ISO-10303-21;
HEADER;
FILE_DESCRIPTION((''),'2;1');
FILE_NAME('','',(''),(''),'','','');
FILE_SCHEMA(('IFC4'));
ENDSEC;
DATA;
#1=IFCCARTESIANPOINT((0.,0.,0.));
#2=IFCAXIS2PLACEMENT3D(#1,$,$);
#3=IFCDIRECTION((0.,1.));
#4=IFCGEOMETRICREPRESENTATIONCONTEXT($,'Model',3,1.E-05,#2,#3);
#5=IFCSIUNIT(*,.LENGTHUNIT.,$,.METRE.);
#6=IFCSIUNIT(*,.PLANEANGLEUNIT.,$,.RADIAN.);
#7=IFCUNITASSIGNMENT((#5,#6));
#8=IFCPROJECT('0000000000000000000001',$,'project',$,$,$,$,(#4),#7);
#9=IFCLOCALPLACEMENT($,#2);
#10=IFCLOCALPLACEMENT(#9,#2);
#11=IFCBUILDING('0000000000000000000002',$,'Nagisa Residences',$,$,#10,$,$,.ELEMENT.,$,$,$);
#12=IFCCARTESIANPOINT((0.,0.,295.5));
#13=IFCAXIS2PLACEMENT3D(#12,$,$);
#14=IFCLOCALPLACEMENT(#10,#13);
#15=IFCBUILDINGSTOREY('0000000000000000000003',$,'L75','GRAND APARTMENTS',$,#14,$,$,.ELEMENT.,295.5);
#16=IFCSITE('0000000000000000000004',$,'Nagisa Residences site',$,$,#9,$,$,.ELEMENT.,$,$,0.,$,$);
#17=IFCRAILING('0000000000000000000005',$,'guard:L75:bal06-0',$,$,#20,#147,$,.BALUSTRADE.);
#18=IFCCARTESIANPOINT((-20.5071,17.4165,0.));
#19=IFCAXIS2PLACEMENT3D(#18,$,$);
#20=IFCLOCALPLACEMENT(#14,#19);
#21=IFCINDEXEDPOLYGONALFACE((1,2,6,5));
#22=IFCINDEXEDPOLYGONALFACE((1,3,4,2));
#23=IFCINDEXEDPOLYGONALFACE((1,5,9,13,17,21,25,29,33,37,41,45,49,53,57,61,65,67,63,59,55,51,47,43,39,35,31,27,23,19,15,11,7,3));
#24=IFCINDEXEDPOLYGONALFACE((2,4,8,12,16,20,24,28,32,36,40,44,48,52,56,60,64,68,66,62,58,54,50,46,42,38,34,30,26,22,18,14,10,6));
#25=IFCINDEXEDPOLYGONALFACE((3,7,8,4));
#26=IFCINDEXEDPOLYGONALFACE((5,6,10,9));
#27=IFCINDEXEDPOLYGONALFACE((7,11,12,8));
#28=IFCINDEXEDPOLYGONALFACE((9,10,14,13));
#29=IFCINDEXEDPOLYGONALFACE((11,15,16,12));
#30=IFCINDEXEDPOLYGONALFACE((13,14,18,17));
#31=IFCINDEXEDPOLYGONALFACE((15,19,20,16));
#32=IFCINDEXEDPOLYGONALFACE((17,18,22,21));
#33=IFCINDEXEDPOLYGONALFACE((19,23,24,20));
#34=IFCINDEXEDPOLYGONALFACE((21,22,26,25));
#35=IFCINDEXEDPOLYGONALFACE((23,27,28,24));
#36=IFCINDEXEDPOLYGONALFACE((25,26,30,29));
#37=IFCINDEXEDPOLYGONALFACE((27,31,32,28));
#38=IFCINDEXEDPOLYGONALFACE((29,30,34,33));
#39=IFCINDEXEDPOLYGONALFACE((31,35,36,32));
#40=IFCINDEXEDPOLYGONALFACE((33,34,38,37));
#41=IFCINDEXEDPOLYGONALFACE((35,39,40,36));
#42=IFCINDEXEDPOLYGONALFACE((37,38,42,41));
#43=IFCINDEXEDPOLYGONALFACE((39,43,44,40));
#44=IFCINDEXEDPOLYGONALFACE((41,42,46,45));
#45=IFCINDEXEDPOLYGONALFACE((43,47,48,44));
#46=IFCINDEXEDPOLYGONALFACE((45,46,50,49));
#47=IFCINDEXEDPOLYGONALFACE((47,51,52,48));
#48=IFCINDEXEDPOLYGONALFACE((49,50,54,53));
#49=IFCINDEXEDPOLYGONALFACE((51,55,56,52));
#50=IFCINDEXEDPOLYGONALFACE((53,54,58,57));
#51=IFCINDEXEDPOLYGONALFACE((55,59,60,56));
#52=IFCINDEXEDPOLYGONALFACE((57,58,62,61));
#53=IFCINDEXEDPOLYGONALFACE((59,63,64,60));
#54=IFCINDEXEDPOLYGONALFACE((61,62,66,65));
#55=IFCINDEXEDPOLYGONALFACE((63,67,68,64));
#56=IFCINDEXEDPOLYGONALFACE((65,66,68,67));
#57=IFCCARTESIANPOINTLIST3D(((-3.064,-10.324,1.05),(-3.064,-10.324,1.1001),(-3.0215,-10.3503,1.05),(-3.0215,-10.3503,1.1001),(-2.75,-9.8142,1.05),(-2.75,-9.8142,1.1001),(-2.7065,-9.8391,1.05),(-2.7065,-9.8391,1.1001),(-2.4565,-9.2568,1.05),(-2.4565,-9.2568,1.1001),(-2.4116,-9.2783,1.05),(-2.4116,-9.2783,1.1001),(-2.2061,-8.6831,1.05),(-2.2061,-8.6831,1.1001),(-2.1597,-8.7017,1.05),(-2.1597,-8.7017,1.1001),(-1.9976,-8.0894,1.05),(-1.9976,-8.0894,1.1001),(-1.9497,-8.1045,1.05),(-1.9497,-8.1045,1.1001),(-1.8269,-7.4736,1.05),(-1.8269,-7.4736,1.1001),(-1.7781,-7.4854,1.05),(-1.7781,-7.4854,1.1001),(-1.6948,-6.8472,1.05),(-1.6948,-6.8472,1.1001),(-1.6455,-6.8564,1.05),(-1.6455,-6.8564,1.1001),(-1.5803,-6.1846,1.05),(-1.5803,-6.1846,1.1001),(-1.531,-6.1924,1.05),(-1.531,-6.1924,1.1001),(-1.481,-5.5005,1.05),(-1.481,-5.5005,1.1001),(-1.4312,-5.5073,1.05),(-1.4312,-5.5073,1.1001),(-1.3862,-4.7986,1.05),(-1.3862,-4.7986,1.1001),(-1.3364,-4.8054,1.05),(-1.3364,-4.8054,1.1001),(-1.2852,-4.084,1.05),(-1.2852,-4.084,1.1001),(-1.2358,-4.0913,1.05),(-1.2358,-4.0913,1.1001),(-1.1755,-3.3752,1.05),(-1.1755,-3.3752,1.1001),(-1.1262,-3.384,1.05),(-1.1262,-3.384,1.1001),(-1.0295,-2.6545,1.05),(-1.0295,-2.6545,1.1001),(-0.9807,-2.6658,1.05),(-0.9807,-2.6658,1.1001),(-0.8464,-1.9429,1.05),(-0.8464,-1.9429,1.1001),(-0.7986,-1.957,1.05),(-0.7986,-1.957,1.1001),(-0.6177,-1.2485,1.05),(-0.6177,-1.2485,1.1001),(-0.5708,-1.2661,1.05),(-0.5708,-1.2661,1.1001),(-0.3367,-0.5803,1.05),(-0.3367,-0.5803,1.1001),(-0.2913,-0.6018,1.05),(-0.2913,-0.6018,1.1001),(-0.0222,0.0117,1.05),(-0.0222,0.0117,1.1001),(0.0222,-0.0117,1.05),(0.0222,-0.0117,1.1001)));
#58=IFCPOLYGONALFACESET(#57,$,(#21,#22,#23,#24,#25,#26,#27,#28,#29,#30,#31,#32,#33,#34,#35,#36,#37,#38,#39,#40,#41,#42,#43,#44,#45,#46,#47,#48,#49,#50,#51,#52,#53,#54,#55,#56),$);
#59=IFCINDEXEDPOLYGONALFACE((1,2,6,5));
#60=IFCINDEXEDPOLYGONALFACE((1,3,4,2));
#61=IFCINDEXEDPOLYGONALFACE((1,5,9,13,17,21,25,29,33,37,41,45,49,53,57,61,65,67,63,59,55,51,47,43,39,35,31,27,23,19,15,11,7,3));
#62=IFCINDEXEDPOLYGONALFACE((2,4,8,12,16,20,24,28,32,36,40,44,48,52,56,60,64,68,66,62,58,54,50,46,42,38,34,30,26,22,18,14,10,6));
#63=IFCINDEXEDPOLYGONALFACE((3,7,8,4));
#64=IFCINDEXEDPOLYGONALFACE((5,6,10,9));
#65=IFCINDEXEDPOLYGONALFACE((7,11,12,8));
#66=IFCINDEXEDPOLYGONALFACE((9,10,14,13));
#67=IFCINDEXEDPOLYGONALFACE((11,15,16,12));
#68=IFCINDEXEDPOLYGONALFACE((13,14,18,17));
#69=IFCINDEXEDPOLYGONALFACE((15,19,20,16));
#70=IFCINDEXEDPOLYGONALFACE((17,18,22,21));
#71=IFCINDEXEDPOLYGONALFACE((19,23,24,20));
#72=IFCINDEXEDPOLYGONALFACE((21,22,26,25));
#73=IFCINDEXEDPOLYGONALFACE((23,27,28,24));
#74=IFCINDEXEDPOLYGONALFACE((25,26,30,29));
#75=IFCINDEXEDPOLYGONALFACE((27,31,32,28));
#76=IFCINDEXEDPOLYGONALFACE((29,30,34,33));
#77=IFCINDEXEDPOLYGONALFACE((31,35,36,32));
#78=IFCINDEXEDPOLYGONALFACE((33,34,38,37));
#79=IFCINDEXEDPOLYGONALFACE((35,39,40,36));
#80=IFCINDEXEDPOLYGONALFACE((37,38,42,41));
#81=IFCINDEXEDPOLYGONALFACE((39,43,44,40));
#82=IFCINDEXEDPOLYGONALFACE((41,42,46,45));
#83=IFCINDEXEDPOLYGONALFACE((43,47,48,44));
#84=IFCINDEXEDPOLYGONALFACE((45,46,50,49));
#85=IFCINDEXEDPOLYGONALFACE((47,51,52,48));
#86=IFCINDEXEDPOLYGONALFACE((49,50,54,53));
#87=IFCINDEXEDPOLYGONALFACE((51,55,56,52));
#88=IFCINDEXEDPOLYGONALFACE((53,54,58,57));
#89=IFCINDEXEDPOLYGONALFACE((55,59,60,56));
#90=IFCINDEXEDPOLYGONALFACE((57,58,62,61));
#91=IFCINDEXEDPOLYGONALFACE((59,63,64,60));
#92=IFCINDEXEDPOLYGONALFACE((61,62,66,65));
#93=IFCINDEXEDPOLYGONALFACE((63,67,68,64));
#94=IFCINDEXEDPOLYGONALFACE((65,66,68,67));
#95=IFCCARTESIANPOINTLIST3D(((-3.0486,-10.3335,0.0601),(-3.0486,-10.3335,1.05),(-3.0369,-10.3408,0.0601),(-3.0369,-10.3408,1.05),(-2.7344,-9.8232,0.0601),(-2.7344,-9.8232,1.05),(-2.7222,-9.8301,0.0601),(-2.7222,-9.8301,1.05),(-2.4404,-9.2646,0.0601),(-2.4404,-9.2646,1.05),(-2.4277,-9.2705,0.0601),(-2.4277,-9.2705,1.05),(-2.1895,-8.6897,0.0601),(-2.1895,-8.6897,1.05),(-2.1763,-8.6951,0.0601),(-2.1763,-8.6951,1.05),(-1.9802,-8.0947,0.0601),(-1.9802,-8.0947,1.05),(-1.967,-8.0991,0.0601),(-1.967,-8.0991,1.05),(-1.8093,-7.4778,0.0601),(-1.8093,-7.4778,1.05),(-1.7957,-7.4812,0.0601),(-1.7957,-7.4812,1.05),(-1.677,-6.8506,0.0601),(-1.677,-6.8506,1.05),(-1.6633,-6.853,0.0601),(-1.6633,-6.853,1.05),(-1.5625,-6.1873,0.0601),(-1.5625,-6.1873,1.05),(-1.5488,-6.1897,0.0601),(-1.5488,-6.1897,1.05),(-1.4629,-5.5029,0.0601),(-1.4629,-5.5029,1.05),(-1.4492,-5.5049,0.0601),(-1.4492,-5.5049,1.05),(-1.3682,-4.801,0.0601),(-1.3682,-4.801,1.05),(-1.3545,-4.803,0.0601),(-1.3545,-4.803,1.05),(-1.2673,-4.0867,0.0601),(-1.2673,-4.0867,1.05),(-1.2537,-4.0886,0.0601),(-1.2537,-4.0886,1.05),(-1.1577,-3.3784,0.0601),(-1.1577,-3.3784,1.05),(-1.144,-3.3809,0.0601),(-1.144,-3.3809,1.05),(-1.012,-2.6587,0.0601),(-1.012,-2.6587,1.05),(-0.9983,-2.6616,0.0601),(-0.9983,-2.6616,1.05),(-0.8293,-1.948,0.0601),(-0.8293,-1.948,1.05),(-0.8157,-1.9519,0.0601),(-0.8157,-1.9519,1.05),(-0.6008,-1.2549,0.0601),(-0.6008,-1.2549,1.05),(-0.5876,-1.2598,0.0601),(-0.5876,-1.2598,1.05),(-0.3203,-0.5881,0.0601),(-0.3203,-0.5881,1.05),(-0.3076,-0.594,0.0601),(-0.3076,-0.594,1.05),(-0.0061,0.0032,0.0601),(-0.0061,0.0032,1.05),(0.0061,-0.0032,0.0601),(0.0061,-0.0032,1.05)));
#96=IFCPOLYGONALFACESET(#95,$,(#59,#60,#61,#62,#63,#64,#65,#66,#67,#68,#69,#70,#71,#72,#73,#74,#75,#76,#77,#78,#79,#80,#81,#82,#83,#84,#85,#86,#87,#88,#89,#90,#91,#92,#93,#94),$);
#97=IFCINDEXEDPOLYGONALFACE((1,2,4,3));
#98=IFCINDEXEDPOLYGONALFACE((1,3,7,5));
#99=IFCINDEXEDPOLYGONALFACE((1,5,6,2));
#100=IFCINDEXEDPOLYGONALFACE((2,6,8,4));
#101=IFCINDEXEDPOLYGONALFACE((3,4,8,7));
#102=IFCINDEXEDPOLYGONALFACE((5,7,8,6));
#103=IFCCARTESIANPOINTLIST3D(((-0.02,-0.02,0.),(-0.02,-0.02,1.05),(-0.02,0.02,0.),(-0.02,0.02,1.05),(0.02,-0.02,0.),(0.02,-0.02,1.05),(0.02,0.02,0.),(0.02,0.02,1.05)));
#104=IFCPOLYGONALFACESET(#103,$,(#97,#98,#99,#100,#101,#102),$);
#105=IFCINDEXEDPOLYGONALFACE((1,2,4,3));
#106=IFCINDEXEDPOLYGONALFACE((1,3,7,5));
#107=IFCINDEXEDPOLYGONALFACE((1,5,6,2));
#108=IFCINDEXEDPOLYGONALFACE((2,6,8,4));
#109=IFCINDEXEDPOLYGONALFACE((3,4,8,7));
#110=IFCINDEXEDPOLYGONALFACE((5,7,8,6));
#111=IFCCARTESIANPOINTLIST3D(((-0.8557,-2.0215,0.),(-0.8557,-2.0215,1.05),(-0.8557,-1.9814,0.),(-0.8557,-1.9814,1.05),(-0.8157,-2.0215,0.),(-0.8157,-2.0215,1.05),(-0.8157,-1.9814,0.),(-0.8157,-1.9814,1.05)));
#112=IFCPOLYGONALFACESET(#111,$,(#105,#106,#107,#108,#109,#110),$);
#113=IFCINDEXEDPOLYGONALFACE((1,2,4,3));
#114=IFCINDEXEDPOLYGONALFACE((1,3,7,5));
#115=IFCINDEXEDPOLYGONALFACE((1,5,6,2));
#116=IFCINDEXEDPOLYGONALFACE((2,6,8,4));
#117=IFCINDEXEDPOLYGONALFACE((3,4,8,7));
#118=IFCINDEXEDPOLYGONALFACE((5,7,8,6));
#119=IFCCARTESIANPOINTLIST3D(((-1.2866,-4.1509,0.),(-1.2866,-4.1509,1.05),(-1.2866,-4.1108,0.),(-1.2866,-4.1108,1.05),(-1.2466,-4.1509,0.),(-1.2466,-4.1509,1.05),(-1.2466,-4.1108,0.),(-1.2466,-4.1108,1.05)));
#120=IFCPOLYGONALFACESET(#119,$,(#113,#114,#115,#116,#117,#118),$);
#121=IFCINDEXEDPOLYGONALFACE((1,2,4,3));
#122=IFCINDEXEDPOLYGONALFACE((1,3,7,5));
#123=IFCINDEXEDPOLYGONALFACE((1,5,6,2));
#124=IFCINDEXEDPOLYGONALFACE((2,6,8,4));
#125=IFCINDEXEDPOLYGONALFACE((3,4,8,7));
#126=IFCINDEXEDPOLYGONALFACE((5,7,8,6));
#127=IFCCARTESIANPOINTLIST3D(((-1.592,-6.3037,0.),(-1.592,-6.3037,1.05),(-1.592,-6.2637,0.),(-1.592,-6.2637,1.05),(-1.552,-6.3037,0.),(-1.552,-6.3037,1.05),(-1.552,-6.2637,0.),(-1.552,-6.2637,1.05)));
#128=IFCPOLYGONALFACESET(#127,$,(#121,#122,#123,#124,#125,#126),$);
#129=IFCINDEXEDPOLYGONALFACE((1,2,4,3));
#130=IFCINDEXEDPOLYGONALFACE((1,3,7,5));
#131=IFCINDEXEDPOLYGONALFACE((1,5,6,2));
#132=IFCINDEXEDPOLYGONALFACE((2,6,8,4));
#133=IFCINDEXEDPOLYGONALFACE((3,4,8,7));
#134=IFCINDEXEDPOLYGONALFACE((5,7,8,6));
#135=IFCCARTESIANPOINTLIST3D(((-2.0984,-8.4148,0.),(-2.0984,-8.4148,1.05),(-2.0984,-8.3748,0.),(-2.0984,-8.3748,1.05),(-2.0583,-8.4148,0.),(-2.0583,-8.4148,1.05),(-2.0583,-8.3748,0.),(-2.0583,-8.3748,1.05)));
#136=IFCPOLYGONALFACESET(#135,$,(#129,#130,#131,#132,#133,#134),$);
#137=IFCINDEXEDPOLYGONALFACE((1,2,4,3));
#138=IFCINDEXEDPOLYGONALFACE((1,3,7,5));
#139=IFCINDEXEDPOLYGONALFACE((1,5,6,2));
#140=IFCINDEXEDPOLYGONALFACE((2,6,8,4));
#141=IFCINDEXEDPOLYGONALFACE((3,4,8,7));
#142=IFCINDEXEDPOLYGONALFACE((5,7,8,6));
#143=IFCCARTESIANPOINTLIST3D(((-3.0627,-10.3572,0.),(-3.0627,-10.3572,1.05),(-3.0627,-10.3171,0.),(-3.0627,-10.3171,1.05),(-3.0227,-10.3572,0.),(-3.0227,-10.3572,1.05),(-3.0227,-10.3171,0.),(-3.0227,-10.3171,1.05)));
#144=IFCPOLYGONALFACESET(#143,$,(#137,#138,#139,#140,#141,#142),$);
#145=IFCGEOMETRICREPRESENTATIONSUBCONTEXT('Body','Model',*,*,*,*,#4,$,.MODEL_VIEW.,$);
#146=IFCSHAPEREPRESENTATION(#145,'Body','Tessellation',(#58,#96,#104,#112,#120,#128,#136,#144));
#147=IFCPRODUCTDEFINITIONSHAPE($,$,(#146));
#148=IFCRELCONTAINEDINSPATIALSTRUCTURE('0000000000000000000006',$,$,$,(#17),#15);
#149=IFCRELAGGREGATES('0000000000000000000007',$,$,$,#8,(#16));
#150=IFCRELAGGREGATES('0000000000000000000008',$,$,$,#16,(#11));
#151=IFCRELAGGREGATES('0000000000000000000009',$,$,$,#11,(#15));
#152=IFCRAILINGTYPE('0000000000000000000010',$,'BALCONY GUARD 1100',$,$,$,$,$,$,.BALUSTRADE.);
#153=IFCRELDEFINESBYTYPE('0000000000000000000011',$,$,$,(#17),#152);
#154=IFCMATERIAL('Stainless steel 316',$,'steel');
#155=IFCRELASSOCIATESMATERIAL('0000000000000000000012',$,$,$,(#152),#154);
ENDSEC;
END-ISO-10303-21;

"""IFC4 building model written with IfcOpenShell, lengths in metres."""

from ifc_helpers import new_model, si_unit, direction, frame, origin, origin_2d, place, context, subcontext, project, spatial, polyline, rectangle, outline, extrude, material, type_object, element, save


model = new_model("IFC4")

# Units and contexts
model_context = context("Model", 3, precision=1e-05, world=origin(), true_north=direction((0.0, 1.0)))
body_context = subcontext(model_context, "Body", "Model", "MODEL_VIEW")
ifc_project = project(units=[si_unit("LENGTHUNIT", "METRE"), si_unit("PLANEANGLEUNIT", "RADIAN")], contexts=[model_context])

# Site, building, storey
site_placement = place(None, origin())
site = spatial("IfcSite", under=ifc_project, at=site_placement, Name="Nagisa Residences site", CompositionType="ELEMENT", RefElevation=0.0)
building_placement = place(site_placement, origin())
building = spatial("IfcBuilding", under=site, at=building_placement, Name="Nagisa Residences", CompositionType="ELEMENT")
storey_placement = place(building_placement, frame((0.0, 0.0, 295.5)))
storey = spatial("IfcBuildingStorey", under=building, at=storey_placement, Name="L75", Description="GRAND APARTMENTS", CompositionType="ELEMENT", Elevation=295.5)

# Railing
ifc_material_1 = material(Name="Stainless steel 316", Category="steel")
railing_type = type_object("IfcRailingType", Name="BALCONY GUARD 1100", PredefinedType="BALUSTRADE", material=ifc_material_1)
railing_1_placement = place(storey_placement, frame((-20.5071, 17.4165, 0.0)))
element("IfcRailing", 1, at=railing_1_placement, inside=storey, type_object=railing_type, Name="guard:L75:bal06-0", PredefinedType="BALUSTRADE", context=body_context, shape_type="SweptSolid", body=[
    extrude(outline(polyline([(-0.2913, -0.6018), (0.0222, -0.0117), (-0.0222, 0.0117), (-0.3367, -0.5803), (-0.6177, -1.2485), (-0.8464, -1.9429), (-1.0295, -2.6545), (-1.1755, -3.3752), (-1.2852, -4.084), (-1.3862, -4.7986), (-1.481, -5.5005), (-1.5803, -6.1846), (-1.6948, -6.8472), (-1.8269, -7.4736), (-1.9976, -8.0894), (-2.2061, -8.6831), (-2.4565, -9.2568), (-2.75, -9.8142), (-3.064, -10.324), (-3.0215, -10.3503), (-2.7065, -9.8391), (-2.4116, -9.2783), (-2.1597, -8.7017), (-1.9497, -8.1045), (-1.7781, -7.4854), (-1.6455, -6.8564), (-1.531, -6.1924), (-1.4312, -5.5073), (-1.3364, -4.8054), (-1.2358, -4.0913), (-1.1262, -3.384), (-0.9807, -2.6658), (-0.7986, -1.957), (-0.5708, -1.2661), (-0.2913, -0.6018)])), frame((0.0, 0.0, 1.05)), (0.0, 0.0, 1.0), 0.05),
    extrude(outline(polyline([(-0.3076, -0.594), (0.0061, -0.0032), (-0.0061, 0.0032), (-0.3203, -0.5881), (-0.6008, -1.2549), (-0.8293, -1.948), (-1.012, -2.6587), (-1.1577, -3.3784), (-1.2673, -4.0867), (-1.3682, -4.801), (-1.4629, -5.5029), (-1.5625, -6.1873), (-1.677, -6.8506), (-1.8093, -7.4778), (-1.9802, -8.0947), (-2.1895, -8.6897), (-2.4404, -9.2646), (-2.7344, -9.8232), (-3.0486, -10.3335), (-3.0369, -10.3408), (-2.7222, -9.8301), (-2.4277, -9.2705), (-2.1763, -8.6951), (-1.967, -8.0991), (-1.7957, -7.4812), (-1.6633, -6.853), (-1.5488, -6.1897), (-1.4492, -5.5049), (-1.3545, -4.803), (-1.2537, -4.0886), (-1.144, -3.3809), (-0.9983, -2.6616), (-0.8157, -1.9519), (-0.5876, -1.2598), (-0.3076, -0.594)])), frame((0.0, 0.0, 0.0601)), (0.0, 0.0, 1.0), 0.99),
    extrude(rectangle(XDim=0.04, YDim=0.04, at=origin_2d()), origin(), (0.0, 0.0, 1.0), 1.05),
    extrude(rectangle(XDim=0.04, YDim=0.04, at=origin_2d()), frame((-0.8357, -2.0015, 0.0)), (0.0, 0.0, 1.0), 1.05),
    extrude(rectangle(XDim=0.04, YDim=0.04, at=origin_2d()), frame((-1.2666, -4.1309, 0.0)), (0.0, 0.0, 1.0), 1.05),
    extrude(rectangle(XDim=0.04, YDim=0.04, at=origin_2d()), frame((-1.572, -6.2837, 0.0)), (0.0, 0.0, 1.0), 1.05),
    extrude(rectangle(XDim=0.04, YDim=0.04, at=origin_2d()), frame((-2.0784, -8.3948, 0.0)), (0.0, 0.0, 1.0), 1.05),
    extrude(rectangle(XDim=0.04, YDim=0.04, at=origin_2d()), frame((-3.0427, -10.3372, 0.0)), (0.0, 0.0, 1.0), 1.05),
])

save(model, "model.ifc")
